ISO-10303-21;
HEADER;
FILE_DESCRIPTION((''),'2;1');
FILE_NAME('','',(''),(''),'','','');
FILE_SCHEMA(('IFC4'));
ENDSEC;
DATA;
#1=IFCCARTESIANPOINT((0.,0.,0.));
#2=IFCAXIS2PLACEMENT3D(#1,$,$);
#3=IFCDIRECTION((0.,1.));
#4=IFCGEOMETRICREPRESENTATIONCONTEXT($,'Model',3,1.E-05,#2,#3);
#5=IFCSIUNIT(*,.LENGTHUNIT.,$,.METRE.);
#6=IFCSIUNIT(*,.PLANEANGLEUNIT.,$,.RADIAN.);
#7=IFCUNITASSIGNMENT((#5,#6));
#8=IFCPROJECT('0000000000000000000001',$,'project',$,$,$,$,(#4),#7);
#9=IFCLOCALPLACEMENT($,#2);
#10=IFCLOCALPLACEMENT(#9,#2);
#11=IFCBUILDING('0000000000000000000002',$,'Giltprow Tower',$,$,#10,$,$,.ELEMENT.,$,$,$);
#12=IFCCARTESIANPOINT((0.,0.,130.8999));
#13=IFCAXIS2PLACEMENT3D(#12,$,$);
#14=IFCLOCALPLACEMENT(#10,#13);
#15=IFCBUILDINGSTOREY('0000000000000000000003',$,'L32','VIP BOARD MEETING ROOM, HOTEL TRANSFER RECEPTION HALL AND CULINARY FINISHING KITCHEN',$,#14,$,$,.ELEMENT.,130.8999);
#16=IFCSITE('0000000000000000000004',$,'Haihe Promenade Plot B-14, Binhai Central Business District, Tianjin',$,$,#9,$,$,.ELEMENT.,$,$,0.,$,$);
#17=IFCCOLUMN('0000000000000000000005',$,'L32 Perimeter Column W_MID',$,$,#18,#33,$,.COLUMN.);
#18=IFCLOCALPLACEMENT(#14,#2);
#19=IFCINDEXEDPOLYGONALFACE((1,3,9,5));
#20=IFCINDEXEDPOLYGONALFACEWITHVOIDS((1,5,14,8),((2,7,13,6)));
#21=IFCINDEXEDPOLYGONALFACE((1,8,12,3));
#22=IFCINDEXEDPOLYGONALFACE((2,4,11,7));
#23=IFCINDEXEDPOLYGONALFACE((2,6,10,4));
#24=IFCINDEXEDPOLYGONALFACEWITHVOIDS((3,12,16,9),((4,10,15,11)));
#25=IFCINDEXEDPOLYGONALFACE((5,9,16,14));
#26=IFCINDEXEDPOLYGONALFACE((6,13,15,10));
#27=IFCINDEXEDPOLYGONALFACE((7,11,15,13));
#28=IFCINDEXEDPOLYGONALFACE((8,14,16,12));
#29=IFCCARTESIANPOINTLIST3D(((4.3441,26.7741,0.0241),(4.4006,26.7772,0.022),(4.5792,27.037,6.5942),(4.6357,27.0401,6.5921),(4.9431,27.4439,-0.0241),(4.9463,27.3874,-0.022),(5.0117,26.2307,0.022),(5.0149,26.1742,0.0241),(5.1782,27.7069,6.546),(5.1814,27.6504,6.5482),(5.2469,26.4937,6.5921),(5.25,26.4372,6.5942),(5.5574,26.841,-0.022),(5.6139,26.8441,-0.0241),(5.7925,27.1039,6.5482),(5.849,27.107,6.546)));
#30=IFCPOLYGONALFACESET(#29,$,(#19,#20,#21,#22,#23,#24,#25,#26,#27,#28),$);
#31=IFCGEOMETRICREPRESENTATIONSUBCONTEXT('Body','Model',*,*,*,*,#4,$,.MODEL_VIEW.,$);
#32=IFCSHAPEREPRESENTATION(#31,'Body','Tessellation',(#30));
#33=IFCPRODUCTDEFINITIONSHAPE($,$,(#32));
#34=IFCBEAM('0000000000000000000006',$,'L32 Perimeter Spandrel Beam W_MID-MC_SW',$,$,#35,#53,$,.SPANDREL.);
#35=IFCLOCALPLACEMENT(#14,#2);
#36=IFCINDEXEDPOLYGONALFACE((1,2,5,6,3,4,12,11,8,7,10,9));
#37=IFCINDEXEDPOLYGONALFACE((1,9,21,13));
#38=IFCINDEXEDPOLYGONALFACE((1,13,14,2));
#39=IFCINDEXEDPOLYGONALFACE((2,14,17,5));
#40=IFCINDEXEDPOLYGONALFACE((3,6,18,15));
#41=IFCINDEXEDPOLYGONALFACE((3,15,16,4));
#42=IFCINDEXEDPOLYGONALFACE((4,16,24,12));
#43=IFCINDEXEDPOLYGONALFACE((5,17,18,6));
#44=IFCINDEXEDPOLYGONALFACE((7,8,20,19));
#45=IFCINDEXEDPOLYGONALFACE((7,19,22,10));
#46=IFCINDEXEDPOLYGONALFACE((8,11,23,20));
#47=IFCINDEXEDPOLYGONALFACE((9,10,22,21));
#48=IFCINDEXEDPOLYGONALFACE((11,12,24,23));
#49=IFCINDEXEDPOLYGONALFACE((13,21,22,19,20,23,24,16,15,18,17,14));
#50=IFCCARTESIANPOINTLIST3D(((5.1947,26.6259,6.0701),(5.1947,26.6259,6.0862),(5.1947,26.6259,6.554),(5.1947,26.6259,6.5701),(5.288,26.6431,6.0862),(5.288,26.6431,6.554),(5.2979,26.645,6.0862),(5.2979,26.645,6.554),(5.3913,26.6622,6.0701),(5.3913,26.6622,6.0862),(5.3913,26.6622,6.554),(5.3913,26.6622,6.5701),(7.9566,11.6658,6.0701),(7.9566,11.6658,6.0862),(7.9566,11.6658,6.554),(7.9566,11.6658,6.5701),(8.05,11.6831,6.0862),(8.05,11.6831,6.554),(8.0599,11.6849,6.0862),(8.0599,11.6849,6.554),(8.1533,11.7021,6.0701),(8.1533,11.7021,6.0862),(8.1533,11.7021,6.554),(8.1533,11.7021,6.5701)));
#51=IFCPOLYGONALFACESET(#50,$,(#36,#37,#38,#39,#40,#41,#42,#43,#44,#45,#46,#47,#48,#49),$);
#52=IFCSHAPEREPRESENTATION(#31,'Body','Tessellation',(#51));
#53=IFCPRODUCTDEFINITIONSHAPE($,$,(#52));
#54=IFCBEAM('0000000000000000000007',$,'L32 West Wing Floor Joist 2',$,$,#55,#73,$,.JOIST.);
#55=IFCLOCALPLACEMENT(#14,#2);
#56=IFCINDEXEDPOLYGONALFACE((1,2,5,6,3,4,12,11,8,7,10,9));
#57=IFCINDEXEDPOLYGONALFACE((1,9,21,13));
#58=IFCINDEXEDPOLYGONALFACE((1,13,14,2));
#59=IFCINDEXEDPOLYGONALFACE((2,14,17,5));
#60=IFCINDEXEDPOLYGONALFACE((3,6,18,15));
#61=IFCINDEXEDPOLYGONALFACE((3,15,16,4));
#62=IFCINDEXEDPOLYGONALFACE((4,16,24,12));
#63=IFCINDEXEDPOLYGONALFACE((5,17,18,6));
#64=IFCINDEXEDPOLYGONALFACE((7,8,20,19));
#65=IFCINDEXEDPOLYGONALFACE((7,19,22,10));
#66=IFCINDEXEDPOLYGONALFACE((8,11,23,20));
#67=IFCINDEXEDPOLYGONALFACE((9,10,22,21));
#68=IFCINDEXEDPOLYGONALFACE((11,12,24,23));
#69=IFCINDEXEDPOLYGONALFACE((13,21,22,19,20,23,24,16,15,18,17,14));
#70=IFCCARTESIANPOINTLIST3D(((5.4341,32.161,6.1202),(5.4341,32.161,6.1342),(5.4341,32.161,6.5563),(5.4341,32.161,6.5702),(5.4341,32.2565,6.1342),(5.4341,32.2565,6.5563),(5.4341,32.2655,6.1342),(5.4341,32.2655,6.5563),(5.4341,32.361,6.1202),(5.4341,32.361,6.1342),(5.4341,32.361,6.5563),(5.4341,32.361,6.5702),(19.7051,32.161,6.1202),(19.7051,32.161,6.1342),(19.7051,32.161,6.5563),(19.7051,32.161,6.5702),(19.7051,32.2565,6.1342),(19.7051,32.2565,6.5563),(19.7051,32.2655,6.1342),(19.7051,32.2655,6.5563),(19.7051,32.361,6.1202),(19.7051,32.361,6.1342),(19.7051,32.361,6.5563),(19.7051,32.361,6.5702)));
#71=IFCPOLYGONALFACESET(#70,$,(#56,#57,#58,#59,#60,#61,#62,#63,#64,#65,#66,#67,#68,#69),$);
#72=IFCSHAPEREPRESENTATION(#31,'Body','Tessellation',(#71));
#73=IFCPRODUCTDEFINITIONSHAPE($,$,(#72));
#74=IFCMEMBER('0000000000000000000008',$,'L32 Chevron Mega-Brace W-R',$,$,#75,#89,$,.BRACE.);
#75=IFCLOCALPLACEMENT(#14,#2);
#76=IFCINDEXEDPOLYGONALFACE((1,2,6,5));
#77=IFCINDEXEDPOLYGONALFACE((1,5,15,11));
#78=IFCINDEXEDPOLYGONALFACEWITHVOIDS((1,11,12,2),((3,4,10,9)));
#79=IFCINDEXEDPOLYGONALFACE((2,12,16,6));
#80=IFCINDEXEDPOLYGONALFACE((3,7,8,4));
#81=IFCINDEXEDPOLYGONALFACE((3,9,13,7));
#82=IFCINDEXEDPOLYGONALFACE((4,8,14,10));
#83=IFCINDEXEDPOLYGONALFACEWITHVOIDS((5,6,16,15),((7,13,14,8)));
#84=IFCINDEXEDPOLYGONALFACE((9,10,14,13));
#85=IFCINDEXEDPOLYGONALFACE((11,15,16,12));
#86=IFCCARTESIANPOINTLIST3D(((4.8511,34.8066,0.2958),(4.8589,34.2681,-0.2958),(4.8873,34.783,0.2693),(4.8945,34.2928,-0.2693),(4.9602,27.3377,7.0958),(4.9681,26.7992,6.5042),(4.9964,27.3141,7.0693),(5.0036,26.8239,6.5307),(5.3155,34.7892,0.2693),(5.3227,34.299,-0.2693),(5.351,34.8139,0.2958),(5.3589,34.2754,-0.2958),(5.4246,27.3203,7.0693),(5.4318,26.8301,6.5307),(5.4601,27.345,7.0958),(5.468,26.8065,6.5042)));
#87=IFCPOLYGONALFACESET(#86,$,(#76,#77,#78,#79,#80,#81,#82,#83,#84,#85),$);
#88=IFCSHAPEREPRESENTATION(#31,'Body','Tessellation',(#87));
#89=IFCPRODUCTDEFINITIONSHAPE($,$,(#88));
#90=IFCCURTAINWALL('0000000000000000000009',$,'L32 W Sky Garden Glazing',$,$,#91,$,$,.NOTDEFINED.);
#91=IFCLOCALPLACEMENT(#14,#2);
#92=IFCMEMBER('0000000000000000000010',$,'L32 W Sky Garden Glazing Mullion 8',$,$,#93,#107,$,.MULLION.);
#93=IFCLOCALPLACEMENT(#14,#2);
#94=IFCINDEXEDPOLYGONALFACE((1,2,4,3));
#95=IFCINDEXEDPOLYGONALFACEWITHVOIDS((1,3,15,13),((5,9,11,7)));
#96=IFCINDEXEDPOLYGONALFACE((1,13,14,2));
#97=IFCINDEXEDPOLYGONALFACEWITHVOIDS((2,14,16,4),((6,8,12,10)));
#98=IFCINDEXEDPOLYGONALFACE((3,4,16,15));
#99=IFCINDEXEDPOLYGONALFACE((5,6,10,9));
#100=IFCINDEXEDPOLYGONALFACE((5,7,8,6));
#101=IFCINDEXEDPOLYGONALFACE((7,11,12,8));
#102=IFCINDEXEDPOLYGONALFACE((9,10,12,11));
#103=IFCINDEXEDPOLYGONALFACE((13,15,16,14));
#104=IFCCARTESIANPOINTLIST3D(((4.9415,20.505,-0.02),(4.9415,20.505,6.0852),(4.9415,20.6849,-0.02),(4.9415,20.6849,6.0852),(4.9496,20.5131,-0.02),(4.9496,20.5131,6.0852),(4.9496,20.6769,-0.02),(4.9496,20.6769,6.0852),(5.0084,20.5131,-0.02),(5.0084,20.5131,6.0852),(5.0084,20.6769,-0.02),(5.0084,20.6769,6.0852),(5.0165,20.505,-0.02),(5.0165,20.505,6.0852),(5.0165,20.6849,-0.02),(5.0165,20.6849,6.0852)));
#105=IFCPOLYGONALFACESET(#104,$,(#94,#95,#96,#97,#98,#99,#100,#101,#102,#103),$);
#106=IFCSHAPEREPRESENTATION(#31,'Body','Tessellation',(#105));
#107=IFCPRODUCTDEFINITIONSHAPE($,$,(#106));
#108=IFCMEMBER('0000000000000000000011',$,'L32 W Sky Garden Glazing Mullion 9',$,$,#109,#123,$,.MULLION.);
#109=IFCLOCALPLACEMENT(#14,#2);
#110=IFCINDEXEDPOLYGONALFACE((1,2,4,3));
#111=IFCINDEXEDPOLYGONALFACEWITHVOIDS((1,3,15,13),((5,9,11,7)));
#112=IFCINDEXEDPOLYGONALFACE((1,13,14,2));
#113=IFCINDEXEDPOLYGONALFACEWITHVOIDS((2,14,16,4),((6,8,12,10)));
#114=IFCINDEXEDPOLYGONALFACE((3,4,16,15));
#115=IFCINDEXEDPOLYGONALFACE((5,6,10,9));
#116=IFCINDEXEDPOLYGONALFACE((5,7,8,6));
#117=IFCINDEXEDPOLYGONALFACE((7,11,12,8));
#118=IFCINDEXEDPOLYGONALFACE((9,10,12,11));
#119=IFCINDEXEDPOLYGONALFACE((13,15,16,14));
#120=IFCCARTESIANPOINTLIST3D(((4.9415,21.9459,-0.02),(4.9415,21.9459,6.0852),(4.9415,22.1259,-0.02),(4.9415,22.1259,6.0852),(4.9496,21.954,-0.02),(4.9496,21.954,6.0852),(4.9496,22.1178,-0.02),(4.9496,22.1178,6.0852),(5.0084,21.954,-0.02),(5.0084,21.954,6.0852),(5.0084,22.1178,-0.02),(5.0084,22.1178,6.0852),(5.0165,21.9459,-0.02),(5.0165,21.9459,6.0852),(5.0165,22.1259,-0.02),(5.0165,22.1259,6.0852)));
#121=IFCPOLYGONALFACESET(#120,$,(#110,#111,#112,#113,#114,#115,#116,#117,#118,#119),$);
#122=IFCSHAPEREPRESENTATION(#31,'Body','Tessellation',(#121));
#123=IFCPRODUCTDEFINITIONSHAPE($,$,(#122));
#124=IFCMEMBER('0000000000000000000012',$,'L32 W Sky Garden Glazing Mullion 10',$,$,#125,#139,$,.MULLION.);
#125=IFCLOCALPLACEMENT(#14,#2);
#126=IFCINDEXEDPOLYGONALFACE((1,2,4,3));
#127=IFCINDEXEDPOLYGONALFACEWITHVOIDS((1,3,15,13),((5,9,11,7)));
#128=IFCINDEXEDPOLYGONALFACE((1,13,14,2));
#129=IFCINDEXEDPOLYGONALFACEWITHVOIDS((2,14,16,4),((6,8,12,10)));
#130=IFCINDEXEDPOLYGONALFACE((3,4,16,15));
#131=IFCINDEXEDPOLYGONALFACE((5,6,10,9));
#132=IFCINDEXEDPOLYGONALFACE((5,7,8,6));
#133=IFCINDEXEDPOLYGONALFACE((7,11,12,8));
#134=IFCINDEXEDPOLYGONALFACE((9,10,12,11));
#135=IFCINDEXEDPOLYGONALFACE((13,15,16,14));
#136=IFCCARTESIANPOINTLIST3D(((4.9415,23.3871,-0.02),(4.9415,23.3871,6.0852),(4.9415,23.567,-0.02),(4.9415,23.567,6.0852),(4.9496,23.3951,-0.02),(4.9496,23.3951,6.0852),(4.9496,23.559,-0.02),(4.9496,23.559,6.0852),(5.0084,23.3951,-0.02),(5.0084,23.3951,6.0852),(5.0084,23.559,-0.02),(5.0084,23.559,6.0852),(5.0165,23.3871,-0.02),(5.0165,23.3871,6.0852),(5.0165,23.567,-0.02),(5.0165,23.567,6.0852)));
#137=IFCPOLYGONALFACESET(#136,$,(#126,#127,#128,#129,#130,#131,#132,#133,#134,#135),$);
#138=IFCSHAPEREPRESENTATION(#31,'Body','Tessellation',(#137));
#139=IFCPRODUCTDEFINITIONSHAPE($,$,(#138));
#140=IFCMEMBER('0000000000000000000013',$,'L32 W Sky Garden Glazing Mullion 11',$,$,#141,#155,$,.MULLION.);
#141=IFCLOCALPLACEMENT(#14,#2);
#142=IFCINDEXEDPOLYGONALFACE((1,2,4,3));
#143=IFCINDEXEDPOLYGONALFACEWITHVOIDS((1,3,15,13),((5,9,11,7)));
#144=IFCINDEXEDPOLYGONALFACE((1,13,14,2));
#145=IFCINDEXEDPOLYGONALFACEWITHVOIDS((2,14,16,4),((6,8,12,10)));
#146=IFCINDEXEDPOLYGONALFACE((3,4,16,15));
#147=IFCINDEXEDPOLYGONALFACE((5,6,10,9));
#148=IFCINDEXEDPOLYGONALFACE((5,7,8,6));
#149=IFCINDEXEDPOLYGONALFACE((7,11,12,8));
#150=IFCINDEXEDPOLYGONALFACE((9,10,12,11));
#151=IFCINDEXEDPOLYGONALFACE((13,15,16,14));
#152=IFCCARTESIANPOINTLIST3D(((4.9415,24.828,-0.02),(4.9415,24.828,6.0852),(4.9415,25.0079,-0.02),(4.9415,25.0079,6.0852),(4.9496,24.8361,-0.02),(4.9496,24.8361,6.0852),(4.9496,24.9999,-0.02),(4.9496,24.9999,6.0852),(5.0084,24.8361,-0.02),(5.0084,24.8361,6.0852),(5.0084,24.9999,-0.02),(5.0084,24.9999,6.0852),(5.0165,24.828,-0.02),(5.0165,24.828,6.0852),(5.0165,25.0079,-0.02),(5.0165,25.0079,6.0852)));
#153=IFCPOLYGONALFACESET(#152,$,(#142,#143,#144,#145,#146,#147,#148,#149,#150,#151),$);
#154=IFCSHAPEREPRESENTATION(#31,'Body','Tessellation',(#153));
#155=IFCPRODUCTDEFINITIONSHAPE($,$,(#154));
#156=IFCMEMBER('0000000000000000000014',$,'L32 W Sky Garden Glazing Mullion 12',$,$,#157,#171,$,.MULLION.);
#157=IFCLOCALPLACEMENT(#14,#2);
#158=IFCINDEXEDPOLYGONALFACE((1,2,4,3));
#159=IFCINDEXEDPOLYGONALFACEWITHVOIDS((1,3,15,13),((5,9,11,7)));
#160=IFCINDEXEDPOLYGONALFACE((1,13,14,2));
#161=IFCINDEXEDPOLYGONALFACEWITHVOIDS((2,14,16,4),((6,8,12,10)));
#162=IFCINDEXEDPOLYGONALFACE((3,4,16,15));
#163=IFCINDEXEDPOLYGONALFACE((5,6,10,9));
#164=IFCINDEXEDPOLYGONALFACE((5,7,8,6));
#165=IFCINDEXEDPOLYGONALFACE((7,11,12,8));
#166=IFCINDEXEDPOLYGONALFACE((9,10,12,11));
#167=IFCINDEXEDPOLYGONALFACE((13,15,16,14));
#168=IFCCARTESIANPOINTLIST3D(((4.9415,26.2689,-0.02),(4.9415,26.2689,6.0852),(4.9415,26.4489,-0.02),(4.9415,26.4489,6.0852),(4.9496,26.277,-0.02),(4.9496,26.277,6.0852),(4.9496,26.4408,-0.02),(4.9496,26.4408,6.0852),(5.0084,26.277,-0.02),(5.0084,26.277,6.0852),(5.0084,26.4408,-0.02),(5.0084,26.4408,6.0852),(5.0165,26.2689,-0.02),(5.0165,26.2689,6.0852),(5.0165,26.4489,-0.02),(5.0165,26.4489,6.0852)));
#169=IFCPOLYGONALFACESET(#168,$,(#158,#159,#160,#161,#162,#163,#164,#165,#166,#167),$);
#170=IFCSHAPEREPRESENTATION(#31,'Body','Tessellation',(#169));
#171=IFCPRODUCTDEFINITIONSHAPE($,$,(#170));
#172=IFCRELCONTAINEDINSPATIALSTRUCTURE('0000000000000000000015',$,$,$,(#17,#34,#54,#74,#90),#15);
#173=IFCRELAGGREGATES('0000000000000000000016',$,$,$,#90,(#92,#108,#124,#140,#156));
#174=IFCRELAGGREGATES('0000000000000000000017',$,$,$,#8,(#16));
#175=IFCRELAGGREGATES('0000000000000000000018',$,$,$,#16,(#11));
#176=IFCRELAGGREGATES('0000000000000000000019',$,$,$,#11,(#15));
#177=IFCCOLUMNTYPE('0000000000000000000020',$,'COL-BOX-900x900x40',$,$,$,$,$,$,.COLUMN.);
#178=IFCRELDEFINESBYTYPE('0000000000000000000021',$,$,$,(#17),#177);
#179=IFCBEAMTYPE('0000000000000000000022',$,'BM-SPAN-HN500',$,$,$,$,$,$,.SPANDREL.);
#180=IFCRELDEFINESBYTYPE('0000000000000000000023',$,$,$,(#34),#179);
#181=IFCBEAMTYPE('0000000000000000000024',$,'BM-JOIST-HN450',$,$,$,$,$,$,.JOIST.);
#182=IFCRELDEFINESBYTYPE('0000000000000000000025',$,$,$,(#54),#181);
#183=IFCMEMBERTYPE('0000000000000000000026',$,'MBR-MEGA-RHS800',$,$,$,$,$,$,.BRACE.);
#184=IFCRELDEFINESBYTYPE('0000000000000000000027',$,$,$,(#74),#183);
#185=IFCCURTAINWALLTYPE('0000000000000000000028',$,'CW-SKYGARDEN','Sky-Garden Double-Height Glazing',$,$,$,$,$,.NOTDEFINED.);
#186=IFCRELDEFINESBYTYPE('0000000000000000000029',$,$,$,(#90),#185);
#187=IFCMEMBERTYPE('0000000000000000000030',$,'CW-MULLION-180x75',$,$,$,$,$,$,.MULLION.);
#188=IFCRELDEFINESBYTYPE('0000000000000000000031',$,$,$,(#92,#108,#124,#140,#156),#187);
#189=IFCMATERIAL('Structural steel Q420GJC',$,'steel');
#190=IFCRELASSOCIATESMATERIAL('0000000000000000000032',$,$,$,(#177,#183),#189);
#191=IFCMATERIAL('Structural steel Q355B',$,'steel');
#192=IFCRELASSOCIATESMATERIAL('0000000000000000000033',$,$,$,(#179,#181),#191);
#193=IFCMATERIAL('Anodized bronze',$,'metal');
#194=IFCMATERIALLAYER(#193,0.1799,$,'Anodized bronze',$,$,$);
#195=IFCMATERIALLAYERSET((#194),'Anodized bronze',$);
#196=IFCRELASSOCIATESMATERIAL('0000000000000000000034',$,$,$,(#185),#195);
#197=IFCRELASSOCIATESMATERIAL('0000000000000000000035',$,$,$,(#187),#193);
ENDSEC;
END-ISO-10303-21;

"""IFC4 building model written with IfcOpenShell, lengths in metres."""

from ifc_helpers import new_model, si_unit, direction, frame, origin, origin_2d, place, context, subcontext, project, spatial, hollow_rectangle, i_section, extrude, source, transform, mapped, material, layer, layer_set, material_profile, profile_set, type_object, element, aggregate, save


model = new_model("IFC4")

# Units and contexts
model_context = context("Model", 3, precision=1e-05, world=origin(), true_north=direction((0.0, 1.0)))
body_context = subcontext(model_context, "Body", "Model", "MODEL_VIEW")
ifc_project = project(units=[si_unit("LENGTHUNIT", "METRE"), si_unit("PLANEANGLEUNIT", "RADIAN")], contexts=[model_context])

# Site, building, storey
site_placement = place(None, origin())
site = spatial("IfcSite", under=ifc_project, at=site_placement, Name="Haihe Promenade Plot B-14, Binhai Central Business District, Tianjin", CompositionType="ELEMENT", RefElevation=0.0)
building_placement = place(site_placement, origin())
building = spatial("IfcBuilding", under=site, at=building_placement, Name="Giltprow Tower", CompositionType="ELEMENT")
storey_placement = place(building_placement, frame((0.0, 0.0, 130.8999)))
storey = spatial("IfcBuildingStorey", under=building, at=storey_placement, Name="L32", Description="VIP BOARD MEETING ROOM, HOTEL TRANSFER RECEPTION HALL AND CULINARY FINISHING KITCHEN", CompositionType="ELEMENT", Elevation=130.8999)

# Column
ifc_material_1 = material(Name="Structural steel Q420GJC", Category="steel")
ifc_material_profile_1 = material_profile(ifc_material_1, hollow_rectangle(XDim=0.8999, YDim=0.8999, WallThickness=0.04, at=origin_2d()), Name="BOX 900x900x40")
ifc_profile_set_1 = profile_set([ifc_material_profile_1], Name="Structural steel Q420GJC")
column_type = type_object("IfcColumnType", Name="COL-BOX-900x900x40", PredefinedType="COLUMN", material=ifc_profile_set_1)
shared_shape_1 = source(origin(), body_context, "Body", "SweptSolid", [
    extrude(hollow_rectangle(XDim=0.8999, YDim=0.8999, WallThickness=0.04, at=origin_2d()), origin(), (0.0, 0.0, 1.0), 6.5796),
])
column_placement = place(storey_placement, frame((4.979, 26.8091, 0.0), z_axis=(0.035733, 0.039963, 0.998562), x_axis=(-0.745459, 0.666552, 0.0)))
element("IfcColumn", 1, at=column_placement, inside=storey, type_object=column_type, Name="L32 Perimeter Column W_MID", PredefinedType="COLUMN", context=body_context, shape_type="MappedRepresentation", body=[
    mapped(shared_shape_1, transform((0.0, 0.0, 0.0), x_axis=(1.0, 0.0, 0.0), y_axis=(0.0, 1.0, 0.0), z_axis=(0.0, 0.0, 1.0), scale=1.0)),
])

# Beams
ifc_material_2 = material(Name="Structural steel Q355B", Category="steel")
ifc_material_profile_2 = material_profile(ifc_material_2, i_section(OverallWidth=0.2, OverallDepth=0.5, WebThickness=0.01, FlangeThickness=0.0161, at=origin_2d()), Name="HN 500x200x10x16")
ifc_profile_set_2 = profile_set([ifc_material_profile_2], Name="Structural steel Q355B")
beam_type_1 = type_object("IfcBeamType", Name="BM-SPAN-HN500", PredefinedType="SPANDREL", material=ifc_profile_set_2)
shared_shape_2 = source(origin(), body_context, "Body", "SweptSolid", [
    extrude(i_section(OverallWidth=0.2, OverallDepth=0.5, WebThickness=0.01, FlangeThickness=0.0161, at=origin_2d()), origin(), (0.0, 0.0, 1.0), 15.2129),
])
beam_1_placement = place(storey_placement, frame((5.293, 26.644, 6.3201), z_axis=(0.181555, -0.983381, 0.0), x_axis=(0.983381, 0.181555, 0.0)))
element("IfcBeam", 2, at=beam_1_placement, inside=storey, type_object=beam_type_1, Name="L32 Perimeter Spandrel Beam W_MID-MC_SW", PredefinedType="SPANDREL", context=body_context, shape_type="MappedRepresentation", body=[
    mapped(shared_shape_2, transform((0.0, 0.0, 0.0), x_axis=(1.0, 0.0, 0.0), y_axis=(0.0, 1.0, 0.0), z_axis=(0.0, 0.0, 1.0), scale=1.0)),
])
ifc_material_profile_3 = material_profile(ifc_material_2, i_section(OverallWidth=0.2, OverallDepth=0.45, WebThickness=0.009, FlangeThickness=0.0139, at=origin_2d()), Name="HN 450x200x9x14")
ifc_profile_set_3 = profile_set([ifc_material_profile_3], Name="Structural steel Q355B")
beam_type_2 = type_object("IfcBeamType", Name="BM-JOIST-HN450", PredefinedType="JOIST", material=ifc_profile_set_3)
shared_shape_3 = source(origin(), body_context, "Body", "SweptSolid", [
    extrude(i_section(OverallWidth=0.2, OverallDepth=0.45, WebThickness=0.009, FlangeThickness=0.0139, at=origin_2d()), origin(), (0.0, 0.0, 1.0), 14.271),
])
beam_2_placement = place(storey_placement, frame((5.4341, 32.261, 6.3452), z_axis=(1.0, 0.0, 0.0), x_axis=(0.0, 1.0, 0.0)))
element("IfcBeam", 3, at=beam_2_placement, inside=storey, type_object=beam_type_2, Name="L32 West Wing Floor Joist 2", PredefinedType="JOIST", context=body_context, shape_type="MappedRepresentation", body=[
    mapped(shared_shape_3, transform((0.0, 0.0, 0.0), x_axis=(1.0, 0.0, 0.0), y_axis=(0.0, 1.0, 0.0), z_axis=(0.0, 0.0, 1.0), scale=1.0)),
])

# Member
ifc_material_profile_4 = material_profile(ifc_material_1, hollow_rectangle(XDim=0.5, YDim=0.8, WallThickness=0.0359, at=origin_2d()), Name="RHS 800x500x36")
ifc_profile_set_4 = profile_set([ifc_material_profile_4], Name="Structural steel Q420GJC")
member_type_1 = type_object("IfcMemberType", Name="MBR-MEGA-RHS800", PredefinedType="BRACE", material=ifc_profile_set_4)
shared_shape_4 = source(origin(), body_context, "Body", "SweptSolid", [
    extrude(hollow_rectangle(XDim=0.5, YDim=0.8, WallThickness=0.0359, at=origin_2d()), origin(), (0.0, 0.0, 1.0), 10.1013),
])
member_1_placement = place(storey_placement, frame((5.105, 34.541, 0.0), z_axis=(0.010804, -0.739401, 0.673178), x_axis=(0.999893, 0.01461, 0.0)))
element("IfcMember", 4, at=member_1_placement, inside=storey, type_object=member_type_1, Name="L32 Chevron Mega-Brace W-R", PredefinedType="BRACE", context=body_context, shape_type="MappedRepresentation", body=[
    mapped(shared_shape_4, transform((0.0, 0.0, 0.0), x_axis=(1.0, 0.0, 0.0), y_axis=(0.0, 1.0, 0.0), z_axis=(0.0, 0.0, 1.0), scale=1.0)),
])

# Curtain wall, members
ifc_material_3 = material(Name="Anodized bronze", Category="metal")
ifc_layer_1 = layer(ifc_material_3, 0.1799, Name="Anodized bronze")
ifc_layer_set_1 = layer_set([ifc_layer_1], Name="Anodized bronze")
curtain_wall_type = type_object("IfcCurtainWallType", Name="CW-SKYGARDEN", Description="Sky-Garden Double-Height Glazing", PredefinedType="NOTDEFINED", material=ifc_layer_set_1)
curtain_wall_placement = place(storey_placement, origin())
curtain_wall = element("IfcCurtainWall", 5, at=curtain_wall_placement, inside=storey, type_object=curtain_wall_type, Name="L32 W Sky Garden Glazing", PredefinedType="NOTDEFINED")
ifc_material_profile_5 = material_profile(ifc_material_3, hollow_rectangle(XDim=0.075, YDim=0.1799, WallThickness=0.0081, at=origin_2d()), Name="RHS 180x75x8")
ifc_profile_set_5 = profile_set([ifc_material_profile_5], Name="Anodized bronze")
member_type_2 = type_object("IfcMemberType", Name="CW-MULLION-180x75", PredefinedType="MULLION", material=ifc_profile_set_5)
shared_shape_5 = source(origin(), body_context, "Body", "SweptSolid", [
    extrude(hollow_rectangle(XDim=0.075, YDim=0.1799, WallThickness=0.0081, at=origin_2d()), origin(), (0.0, 0.0, 1.0), 6.1052),
])
member_2_placement = place(storey_placement, frame((4.979, 20.595, -0.02), z_axis=(0.0, 0.0, 1.0), x_axis=(1.0, 0.0, 0.0)))
member_2 = element("IfcMember", 6, at=member_2_placement, type_object=member_type_2, Name="L32 W Sky Garden Glazing Mullion 8", PredefinedType="MULLION", context=body_context, shape_type="MappedRepresentation", body=[
    mapped(shared_shape_5, transform((0.0, 0.0, 0.0), x_axis=(1.0, 0.0, 0.0), y_axis=(0.0, 1.0, 0.0), z_axis=(0.0, 0.0, 1.0), scale=1.0)),
])
member_3_placement = place(storey_placement, frame((4.979, 22.0359, -0.02), z_axis=(0.0, 0.0, 1.0), x_axis=(1.0, 0.0, 0.0)))
member_3 = element("IfcMember", 7, at=member_3_placement, type_object=member_type_2, Name="L32 W Sky Garden Glazing Mullion 9", PredefinedType="MULLION", context=body_context, shape_type="MappedRepresentation", body=[
    mapped(shared_shape_5, transform((0.0, 0.0, 0.0), x_axis=(1.0, 0.0, 0.0), y_axis=(0.0, 1.0, 0.0), z_axis=(0.0, 0.0, 1.0), scale=1.0)),
])
member_4_placement = place(storey_placement, frame((4.979, 23.4771, -0.02), z_axis=(0.0, 0.0, 1.0), x_axis=(1.0, 0.0, 0.0)))
member_4 = element("IfcMember", 8, at=member_4_placement, type_object=member_type_2, Name="L32 W Sky Garden Glazing Mullion 10", PredefinedType="MULLION", context=body_context, shape_type="MappedRepresentation", body=[
    mapped(shared_shape_5, transform((0.0, 0.0, 0.0), x_axis=(1.0, 0.0, 0.0), y_axis=(0.0, 1.0, 0.0), z_axis=(0.0, 0.0, 1.0), scale=1.0)),
])
member_5_placement = place(storey_placement, frame((4.979, 24.918, -0.02), z_axis=(0.0, 0.0, 1.0), x_axis=(1.0, 0.0, 0.0)))
member_5 = element("IfcMember", 9, at=member_5_placement, type_object=member_type_2, Name="L32 W Sky Garden Glazing Mullion 11", PredefinedType="MULLION", context=body_context, shape_type="MappedRepresentation", body=[
    mapped(shared_shape_5, transform((0.0, 0.0, 0.0), x_axis=(1.0, 0.0, 0.0), y_axis=(0.0, 1.0, 0.0), z_axis=(0.0, 0.0, 1.0), scale=1.0)),
])
member_6_placement = place(storey_placement, frame((4.979, 26.3589, -0.02), z_axis=(0.0, 0.0, 1.0), x_axis=(1.0, 0.0, 0.0)))
member_6 = element("IfcMember", 10, at=member_6_placement, type_object=member_type_2, Name="L32 W Sky Garden Glazing Mullion 12", PredefinedType="MULLION", context=body_context, shape_type="MappedRepresentation", body=[
    mapped(shared_shape_5, transform((0.0, 0.0, 0.0), x_axis=(1.0, 0.0, 0.0), y_axis=(0.0, 1.0, 0.0), z_axis=(0.0, 0.0, 1.0), scale=1.0)),
])

aggregate(curtain_wall, [member_2, member_3, member_4, member_5, member_6])

save(model, "model.ifc")
